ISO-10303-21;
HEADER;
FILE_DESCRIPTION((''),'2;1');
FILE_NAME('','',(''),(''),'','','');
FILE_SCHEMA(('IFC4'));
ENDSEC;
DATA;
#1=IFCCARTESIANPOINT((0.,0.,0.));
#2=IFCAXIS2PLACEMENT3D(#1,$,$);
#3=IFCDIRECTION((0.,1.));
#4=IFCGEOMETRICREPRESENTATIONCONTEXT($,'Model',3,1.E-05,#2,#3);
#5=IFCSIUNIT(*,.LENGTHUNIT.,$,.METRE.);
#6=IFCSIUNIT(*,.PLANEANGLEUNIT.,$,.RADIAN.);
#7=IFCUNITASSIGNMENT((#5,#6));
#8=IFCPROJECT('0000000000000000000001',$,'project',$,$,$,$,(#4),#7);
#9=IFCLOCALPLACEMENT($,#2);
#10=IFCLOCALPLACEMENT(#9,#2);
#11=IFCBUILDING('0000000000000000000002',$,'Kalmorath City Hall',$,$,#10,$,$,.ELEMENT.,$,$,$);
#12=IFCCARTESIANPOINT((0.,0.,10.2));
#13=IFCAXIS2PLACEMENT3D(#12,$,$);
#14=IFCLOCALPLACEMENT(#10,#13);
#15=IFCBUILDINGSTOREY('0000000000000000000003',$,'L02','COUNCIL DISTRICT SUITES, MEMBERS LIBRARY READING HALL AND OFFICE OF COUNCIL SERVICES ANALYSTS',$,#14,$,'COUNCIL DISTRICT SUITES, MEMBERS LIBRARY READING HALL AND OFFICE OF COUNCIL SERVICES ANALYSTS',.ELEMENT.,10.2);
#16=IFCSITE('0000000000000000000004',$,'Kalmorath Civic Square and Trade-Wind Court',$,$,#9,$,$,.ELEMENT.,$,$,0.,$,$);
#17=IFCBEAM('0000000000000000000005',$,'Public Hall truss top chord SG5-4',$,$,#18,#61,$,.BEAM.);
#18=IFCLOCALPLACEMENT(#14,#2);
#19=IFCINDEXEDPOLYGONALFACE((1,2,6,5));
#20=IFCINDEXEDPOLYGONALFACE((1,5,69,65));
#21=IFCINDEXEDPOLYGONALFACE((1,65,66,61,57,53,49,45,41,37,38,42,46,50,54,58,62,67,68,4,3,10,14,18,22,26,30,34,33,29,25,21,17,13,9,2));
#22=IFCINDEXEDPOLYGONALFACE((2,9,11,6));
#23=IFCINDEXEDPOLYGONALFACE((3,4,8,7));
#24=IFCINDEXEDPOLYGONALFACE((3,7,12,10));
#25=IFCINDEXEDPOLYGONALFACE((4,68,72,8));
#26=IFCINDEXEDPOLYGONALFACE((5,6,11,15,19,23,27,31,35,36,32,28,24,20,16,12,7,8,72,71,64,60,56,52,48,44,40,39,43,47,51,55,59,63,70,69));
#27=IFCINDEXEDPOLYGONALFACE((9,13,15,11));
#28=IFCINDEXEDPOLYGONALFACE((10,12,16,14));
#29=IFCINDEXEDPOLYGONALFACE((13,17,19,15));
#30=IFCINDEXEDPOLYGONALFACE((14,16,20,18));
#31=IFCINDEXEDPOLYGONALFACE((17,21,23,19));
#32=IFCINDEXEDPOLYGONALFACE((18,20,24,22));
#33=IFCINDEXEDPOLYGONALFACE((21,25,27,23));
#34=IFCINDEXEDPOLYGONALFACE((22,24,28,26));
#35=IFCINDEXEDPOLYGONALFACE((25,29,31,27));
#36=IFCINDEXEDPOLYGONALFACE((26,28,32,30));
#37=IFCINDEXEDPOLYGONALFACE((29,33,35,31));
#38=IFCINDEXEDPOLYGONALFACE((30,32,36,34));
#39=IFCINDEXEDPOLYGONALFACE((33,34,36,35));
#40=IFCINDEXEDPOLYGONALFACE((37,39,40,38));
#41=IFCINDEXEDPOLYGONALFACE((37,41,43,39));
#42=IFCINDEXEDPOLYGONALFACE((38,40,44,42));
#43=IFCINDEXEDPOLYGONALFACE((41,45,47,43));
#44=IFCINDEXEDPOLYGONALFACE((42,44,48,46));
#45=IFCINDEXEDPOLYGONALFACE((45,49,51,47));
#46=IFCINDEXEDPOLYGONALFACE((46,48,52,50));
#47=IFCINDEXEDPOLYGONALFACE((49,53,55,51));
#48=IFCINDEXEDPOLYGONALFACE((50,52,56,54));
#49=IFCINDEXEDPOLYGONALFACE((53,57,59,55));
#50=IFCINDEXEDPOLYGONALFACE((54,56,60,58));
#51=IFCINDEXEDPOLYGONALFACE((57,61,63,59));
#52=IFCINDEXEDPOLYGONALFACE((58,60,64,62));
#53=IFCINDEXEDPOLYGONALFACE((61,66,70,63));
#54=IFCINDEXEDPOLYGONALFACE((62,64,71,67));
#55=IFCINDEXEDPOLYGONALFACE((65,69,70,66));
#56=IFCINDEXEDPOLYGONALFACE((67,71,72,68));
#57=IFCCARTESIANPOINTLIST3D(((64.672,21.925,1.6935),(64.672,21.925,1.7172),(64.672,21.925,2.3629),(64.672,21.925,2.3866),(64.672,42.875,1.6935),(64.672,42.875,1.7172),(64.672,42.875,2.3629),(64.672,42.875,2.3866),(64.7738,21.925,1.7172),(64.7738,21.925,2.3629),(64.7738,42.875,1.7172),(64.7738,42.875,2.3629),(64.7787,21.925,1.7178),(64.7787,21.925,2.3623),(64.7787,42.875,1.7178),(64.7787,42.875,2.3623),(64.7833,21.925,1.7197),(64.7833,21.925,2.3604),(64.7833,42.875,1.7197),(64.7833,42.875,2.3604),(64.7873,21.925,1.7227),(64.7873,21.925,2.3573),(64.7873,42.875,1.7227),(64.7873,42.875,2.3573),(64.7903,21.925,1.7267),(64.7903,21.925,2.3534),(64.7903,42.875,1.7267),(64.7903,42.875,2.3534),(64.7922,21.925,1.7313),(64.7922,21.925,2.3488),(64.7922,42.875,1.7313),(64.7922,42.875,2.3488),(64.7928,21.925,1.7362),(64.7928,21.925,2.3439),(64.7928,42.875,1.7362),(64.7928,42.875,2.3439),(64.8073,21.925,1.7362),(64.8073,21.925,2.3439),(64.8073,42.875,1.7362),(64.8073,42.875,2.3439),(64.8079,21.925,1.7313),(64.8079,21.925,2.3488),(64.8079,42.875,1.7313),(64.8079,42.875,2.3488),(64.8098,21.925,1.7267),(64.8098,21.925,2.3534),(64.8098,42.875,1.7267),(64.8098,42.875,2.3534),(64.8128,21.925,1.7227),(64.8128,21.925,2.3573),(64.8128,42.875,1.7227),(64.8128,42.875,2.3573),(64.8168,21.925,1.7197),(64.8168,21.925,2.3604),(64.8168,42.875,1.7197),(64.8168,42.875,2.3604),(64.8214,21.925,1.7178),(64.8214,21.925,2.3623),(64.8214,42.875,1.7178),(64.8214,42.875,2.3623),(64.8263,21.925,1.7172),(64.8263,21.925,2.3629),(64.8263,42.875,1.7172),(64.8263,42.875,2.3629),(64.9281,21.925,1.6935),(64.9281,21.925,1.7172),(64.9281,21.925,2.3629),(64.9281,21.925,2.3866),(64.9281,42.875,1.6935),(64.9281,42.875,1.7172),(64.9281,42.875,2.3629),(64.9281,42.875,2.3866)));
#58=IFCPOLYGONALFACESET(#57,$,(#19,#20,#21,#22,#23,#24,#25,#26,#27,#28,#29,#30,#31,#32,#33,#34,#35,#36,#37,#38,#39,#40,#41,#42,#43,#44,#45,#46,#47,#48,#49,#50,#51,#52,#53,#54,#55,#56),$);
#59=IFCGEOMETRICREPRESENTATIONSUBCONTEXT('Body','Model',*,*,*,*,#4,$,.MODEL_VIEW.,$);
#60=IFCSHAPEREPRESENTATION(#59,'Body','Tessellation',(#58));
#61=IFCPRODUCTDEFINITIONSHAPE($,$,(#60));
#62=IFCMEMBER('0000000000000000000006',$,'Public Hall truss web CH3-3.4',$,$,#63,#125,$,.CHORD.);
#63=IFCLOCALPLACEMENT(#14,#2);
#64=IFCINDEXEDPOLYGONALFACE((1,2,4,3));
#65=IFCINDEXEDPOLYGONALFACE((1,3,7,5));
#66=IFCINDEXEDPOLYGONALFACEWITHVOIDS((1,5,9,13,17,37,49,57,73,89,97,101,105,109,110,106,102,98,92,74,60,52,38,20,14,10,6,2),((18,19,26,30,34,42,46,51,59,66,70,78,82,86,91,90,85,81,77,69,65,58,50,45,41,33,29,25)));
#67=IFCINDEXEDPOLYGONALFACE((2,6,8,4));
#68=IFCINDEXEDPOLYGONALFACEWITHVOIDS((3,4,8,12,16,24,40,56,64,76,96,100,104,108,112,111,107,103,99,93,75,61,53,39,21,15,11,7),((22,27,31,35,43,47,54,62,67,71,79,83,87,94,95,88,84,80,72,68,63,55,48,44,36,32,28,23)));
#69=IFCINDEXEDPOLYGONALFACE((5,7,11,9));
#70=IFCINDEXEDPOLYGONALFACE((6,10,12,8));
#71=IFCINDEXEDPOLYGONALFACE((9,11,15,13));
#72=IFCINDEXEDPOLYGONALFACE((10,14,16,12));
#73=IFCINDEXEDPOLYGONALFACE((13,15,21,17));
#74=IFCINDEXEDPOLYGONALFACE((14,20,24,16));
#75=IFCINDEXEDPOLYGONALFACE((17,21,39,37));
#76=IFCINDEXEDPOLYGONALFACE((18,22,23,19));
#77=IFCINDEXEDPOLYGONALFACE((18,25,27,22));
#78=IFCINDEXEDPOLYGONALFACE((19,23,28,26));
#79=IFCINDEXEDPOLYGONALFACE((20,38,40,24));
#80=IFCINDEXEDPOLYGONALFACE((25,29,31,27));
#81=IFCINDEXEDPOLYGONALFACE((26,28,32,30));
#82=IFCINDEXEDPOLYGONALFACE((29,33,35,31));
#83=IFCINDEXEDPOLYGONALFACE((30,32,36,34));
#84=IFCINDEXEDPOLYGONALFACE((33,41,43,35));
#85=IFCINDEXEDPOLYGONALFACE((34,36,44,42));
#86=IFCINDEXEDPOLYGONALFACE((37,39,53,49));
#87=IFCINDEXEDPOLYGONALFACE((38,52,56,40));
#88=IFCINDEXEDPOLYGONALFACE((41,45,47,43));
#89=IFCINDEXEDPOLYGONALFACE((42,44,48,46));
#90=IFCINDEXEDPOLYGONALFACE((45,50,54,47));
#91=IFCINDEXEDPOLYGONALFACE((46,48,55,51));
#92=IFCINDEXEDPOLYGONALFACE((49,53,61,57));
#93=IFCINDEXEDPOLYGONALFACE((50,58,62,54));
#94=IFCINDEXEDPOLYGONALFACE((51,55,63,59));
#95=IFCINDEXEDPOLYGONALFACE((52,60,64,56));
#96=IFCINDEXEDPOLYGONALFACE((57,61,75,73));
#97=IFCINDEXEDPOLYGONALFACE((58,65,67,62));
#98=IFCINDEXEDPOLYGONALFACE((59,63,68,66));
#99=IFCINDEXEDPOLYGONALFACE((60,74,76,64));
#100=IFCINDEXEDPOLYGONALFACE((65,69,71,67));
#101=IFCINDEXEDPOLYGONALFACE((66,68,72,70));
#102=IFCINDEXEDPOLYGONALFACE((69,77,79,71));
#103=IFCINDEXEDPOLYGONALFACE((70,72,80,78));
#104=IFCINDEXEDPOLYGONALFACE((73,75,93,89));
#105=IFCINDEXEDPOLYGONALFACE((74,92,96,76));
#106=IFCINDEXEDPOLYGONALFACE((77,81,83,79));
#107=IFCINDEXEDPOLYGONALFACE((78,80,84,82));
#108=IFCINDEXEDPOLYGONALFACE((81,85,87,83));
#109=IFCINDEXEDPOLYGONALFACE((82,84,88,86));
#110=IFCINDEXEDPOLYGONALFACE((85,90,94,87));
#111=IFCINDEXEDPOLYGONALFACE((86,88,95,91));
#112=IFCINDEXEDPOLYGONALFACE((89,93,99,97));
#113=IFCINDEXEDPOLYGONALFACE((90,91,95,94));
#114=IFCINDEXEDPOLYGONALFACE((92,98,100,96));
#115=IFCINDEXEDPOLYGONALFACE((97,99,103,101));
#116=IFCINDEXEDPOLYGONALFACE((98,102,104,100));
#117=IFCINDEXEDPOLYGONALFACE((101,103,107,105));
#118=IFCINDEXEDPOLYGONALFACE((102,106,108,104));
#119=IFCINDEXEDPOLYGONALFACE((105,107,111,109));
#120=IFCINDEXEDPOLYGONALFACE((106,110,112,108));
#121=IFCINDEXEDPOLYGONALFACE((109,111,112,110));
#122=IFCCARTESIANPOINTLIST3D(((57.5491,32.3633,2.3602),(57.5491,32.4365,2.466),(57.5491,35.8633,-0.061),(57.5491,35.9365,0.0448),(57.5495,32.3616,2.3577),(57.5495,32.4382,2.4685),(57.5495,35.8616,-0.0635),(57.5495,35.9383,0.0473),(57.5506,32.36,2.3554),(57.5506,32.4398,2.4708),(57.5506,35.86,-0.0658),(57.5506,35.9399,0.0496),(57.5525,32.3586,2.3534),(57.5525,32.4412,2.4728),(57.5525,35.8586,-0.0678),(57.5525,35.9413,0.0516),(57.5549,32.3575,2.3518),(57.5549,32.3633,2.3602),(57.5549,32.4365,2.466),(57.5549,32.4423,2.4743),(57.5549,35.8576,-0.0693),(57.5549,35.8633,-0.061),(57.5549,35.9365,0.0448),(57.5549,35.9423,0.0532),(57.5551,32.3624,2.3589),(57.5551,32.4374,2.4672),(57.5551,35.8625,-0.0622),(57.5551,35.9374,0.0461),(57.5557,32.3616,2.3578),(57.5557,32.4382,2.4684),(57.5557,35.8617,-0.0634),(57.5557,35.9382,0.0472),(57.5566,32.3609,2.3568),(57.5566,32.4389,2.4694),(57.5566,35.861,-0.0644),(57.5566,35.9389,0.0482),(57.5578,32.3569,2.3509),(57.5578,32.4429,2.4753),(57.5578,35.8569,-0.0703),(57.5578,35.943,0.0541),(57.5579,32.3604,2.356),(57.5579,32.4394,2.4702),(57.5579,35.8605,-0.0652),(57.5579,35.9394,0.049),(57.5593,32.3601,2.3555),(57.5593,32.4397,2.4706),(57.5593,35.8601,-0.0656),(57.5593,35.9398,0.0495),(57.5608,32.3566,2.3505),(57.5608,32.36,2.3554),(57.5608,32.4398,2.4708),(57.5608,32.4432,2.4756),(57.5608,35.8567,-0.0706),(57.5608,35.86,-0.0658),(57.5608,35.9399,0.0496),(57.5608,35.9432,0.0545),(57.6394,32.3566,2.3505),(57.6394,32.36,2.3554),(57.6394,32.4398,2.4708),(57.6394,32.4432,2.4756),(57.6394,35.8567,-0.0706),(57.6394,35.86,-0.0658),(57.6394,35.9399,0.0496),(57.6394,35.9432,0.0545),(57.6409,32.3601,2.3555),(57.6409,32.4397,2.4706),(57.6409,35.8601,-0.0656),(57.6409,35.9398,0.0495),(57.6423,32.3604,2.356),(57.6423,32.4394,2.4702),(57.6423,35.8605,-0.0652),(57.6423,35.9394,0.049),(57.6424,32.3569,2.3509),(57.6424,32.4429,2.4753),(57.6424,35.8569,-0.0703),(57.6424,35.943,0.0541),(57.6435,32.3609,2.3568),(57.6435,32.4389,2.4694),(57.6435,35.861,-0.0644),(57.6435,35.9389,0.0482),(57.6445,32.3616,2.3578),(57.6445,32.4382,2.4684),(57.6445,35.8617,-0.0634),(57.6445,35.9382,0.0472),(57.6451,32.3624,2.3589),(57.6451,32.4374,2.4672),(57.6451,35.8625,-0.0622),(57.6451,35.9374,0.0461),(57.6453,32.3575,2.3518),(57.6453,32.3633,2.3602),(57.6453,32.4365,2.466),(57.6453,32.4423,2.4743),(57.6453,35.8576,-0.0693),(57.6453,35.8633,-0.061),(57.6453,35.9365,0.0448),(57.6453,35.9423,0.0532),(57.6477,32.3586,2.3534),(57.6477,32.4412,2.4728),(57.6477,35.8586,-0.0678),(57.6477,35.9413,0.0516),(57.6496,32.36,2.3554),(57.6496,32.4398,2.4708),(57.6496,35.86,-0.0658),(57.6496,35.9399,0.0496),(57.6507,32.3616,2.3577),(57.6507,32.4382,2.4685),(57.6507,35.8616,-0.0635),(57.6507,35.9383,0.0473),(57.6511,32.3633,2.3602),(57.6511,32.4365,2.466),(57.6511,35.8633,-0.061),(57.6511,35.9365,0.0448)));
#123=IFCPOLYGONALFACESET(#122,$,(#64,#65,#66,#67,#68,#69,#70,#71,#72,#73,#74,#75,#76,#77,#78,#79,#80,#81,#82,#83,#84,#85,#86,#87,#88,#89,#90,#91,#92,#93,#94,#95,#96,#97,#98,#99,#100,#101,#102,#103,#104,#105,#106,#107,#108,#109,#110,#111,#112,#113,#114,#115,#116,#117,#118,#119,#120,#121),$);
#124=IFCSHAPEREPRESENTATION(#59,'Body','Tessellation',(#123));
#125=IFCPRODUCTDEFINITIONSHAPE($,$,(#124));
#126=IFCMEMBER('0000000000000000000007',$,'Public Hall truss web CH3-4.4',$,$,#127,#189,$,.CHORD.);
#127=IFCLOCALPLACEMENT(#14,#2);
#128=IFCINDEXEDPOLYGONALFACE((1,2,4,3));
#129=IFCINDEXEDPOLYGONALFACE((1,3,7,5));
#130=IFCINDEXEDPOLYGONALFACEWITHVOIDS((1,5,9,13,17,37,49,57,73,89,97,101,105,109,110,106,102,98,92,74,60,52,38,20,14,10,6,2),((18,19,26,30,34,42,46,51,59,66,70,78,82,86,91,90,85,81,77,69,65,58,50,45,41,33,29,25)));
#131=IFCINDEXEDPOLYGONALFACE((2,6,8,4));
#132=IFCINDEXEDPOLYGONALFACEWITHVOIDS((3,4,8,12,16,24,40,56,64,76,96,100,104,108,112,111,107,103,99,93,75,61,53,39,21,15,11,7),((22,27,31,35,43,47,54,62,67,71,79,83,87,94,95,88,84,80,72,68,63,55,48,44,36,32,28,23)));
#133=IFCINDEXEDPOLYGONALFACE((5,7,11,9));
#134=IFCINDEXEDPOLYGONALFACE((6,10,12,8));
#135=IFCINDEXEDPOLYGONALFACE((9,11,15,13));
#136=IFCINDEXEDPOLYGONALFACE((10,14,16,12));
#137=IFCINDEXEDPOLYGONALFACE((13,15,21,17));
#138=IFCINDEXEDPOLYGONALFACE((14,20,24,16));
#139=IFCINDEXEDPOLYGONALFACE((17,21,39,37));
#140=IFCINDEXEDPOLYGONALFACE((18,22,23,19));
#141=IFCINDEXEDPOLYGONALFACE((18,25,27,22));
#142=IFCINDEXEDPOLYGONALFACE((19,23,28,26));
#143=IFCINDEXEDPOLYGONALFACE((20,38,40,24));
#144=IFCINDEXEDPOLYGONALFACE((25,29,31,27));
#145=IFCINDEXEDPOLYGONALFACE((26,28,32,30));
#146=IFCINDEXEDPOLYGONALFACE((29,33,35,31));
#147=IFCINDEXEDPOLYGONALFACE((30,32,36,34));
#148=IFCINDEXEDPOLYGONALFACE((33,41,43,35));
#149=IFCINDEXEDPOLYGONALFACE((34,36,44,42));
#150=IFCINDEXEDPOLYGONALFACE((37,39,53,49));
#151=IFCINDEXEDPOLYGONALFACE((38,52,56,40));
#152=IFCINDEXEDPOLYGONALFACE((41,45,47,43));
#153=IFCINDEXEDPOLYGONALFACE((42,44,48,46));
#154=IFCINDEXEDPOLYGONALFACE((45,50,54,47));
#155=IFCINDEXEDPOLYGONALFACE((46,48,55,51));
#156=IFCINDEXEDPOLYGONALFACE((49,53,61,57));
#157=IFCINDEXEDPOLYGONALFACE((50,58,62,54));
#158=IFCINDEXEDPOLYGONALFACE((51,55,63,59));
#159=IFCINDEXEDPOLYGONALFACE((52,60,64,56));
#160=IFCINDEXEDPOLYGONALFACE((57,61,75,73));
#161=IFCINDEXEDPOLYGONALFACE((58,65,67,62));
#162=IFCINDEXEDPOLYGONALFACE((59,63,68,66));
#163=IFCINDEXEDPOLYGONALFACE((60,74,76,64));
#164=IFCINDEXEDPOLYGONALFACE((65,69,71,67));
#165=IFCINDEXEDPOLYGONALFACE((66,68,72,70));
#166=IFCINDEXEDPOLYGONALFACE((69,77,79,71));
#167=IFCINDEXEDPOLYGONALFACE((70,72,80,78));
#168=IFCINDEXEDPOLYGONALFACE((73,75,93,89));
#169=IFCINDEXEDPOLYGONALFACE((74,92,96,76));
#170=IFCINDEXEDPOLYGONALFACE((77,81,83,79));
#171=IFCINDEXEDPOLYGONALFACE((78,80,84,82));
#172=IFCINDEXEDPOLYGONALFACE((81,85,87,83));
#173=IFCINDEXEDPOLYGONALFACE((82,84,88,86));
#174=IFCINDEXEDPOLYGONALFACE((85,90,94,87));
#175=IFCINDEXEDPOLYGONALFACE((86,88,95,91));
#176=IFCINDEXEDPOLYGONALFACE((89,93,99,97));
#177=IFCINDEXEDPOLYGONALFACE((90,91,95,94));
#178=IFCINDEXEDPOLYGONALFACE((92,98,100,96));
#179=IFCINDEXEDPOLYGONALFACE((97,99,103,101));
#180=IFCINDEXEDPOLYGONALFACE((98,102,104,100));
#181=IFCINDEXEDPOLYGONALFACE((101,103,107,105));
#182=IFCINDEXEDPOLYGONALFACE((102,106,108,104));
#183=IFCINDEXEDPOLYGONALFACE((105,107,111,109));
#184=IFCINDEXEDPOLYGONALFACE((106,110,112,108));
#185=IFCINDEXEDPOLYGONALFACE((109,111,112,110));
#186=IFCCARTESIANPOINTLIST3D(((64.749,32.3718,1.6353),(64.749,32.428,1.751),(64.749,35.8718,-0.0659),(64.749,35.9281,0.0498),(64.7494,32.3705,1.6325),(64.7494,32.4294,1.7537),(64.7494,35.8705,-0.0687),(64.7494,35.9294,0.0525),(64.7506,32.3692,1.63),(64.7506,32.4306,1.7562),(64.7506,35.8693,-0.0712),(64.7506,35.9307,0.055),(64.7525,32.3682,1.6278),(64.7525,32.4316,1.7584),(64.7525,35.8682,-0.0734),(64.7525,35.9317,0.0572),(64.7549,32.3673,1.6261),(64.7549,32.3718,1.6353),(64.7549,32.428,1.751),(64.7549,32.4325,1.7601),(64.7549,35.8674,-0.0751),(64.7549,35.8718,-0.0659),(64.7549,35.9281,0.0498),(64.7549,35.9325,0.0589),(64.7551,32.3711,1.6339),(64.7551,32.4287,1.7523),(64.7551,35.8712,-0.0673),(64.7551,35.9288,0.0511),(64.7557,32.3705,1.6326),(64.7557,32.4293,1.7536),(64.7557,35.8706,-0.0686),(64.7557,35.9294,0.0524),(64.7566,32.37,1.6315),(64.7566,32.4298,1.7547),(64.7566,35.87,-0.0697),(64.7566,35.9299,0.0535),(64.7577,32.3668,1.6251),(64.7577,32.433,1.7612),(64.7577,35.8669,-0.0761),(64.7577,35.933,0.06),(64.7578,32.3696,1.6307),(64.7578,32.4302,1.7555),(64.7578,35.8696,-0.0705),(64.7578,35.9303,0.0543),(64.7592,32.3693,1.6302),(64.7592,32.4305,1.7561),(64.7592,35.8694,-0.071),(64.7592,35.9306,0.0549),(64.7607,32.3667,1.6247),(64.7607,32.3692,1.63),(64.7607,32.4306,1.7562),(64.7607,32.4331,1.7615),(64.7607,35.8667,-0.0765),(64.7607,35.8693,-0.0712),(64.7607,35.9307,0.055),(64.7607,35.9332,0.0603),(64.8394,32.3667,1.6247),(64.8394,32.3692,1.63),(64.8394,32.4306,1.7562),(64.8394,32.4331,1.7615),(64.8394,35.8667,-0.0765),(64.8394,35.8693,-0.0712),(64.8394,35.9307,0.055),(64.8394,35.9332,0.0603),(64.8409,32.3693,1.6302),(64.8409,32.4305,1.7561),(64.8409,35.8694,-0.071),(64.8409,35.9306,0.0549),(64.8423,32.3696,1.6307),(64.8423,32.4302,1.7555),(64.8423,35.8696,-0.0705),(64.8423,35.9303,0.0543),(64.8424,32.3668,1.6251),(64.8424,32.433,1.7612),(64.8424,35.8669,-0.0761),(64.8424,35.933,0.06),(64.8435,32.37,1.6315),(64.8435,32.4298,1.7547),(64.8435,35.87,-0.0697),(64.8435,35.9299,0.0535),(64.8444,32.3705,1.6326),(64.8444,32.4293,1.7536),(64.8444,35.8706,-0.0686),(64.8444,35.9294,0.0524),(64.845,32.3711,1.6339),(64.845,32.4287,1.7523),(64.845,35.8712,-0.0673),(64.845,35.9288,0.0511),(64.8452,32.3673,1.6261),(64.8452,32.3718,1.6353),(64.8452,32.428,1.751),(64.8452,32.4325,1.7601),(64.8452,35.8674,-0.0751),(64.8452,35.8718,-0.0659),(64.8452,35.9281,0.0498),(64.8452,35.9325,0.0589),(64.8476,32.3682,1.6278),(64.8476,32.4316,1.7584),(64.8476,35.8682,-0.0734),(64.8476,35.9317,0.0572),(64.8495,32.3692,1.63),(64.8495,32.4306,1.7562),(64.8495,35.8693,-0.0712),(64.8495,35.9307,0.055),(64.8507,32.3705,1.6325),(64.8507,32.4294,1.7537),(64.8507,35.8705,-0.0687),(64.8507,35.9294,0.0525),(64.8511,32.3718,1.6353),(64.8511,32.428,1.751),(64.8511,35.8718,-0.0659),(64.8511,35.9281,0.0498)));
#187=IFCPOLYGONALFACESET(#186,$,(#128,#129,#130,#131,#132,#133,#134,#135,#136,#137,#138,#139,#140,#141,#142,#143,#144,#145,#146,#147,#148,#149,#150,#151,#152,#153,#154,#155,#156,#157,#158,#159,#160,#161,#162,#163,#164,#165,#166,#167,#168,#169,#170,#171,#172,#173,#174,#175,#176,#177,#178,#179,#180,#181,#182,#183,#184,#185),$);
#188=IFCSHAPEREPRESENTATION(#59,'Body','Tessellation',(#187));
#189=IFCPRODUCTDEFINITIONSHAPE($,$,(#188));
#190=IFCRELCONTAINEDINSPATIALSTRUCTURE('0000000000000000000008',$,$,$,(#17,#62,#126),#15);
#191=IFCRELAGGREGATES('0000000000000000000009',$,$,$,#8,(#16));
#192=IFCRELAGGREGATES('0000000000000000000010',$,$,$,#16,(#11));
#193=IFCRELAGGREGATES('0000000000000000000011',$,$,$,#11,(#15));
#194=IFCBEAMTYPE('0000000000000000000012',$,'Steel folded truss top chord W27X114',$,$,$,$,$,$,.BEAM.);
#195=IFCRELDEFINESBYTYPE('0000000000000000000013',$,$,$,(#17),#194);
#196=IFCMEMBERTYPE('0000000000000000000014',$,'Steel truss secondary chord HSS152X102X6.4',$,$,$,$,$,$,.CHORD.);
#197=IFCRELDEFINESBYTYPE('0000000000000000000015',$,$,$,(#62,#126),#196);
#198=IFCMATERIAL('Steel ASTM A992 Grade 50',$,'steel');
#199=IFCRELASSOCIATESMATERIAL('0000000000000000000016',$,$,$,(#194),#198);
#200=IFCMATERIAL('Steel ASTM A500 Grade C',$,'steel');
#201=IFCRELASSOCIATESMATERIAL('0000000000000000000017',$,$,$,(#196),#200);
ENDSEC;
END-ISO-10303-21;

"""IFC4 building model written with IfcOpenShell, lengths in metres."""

from ifc_helpers import new_model, si_unit, direction, frame, origin, origin_2d, place, context, subcontext, project, spatial, hollow_rectangle, i_section, extrude, material, material_profile, profile_set, type_object, element, save


model = new_model("IFC4")

# Units and contexts
model_context = context("Model", 3, precision=1e-05, world=origin(), true_north=direction((0.0, 1.0)))
body_context = subcontext(model_context, "Body", "Model", "MODEL_VIEW")
ifc_project = project(units=[si_unit("LENGTHUNIT", "METRE"), si_unit("PLANEANGLEUNIT", "RADIAN")], contexts=[model_context])

# Site, building, storey
site_placement = place(None, origin())
site = spatial("IfcSite", under=ifc_project, at=site_placement, Name="Kalmorath Civic Square and Trade-Wind Court", CompositionType="ELEMENT", RefElevation=0.0)
building_placement = place(site_placement, origin())
building = spatial("IfcBuilding", under=site, at=building_placement, Name="Kalmorath City Hall", CompositionType="ELEMENT")
storey_placement = place(building_placement, frame((0.0, 0.0, 10.2)))
storey = spatial("IfcBuildingStorey", under=building, at=storey_placement, Name="L02", Description="COUNCIL DISTRICT SUITES, MEMBERS LIBRARY READING HALL AND OFFICE OF COUNCIL SERVICES ANALYSTS", LongName="COUNCIL DISTRICT SUITES, MEMBERS LIBRARY READING HALL AND OFFICE OF COUNCIL SERVICES ANALYSTS", CompositionType="ELEMENT", Elevation=10.2)

# Beam
ifc_material_1 = material(Name="Steel ASTM A992 Grade 50", Category="steel")
ifc_material_profile_1 = material_profile(ifc_material_1, i_section(OverallWidth=0.2561, OverallDepth=0.6931, WebThickness=0.0144, FlangeThickness=0.0237, FilletRadius=0.019, at=origin_2d()), Name="W27X114")
ifc_profile_set_1 = profile_set([ifc_material_profile_1], Name="Steel ASTM A992 Grade 50")
beam_type_1 = type_object("IfcBeamType", Name="Steel folded truss top chord W27X114", PredefinedType="BEAM", material=ifc_profile_set_1)
for number, where, z_axis, x_axis, name in (
    (1, (64.8, 21.925, 2.04), (0.0, 1.0, 0.0), (-1.0, 0.0, 0.0), "Public Hall truss top chord SG5-4"),
):
    element("IfcBeam", number, at=place(storey_placement, frame(where, z_axis=z_axis, x_axis=x_axis)), inside=storey, type_object=beam_type_1, Name=name, PredefinedType="BEAM", context=body_context, shape_type="SweptSolid", body=[
        extrude(i_section(OverallWidth=0.2561, OverallDepth=0.6931, WebThickness=0.0144, FlangeThickness=0.0237, FilletRadius=0.019, at=origin_2d()), origin(), (0.0, 0.0, 1.0), 20.95),
    ])

# Members
ifc_material_2 = material(Name="Steel ASTM A500 Grade C", Category="steel")
ifc_material_profile_2 = material_profile(ifc_material_2, hollow_rectangle(XDim=0.1021, YDim=0.1521, WallThickness=0.0059, InnerFilletRadius=0.0059, OuterFilletRadius=0.0117, at=origin_2d()), Name="HSS152X102X6.4")
ifc_profile_set_2 = profile_set([ifc_material_profile_2], Name="Steel ASTM A500 Grade C")
member_type_1 = type_object("IfcMemberType", Name="Steel truss secondary chord HSS152X102X6.4", PredefinedType="CHORD", material=ifc_profile_set_2)
member_1_placement = place(storey_placement, frame((57.6001, 32.3999, 2.4131), z_axis=(0.0, 0.822405, -0.568903), x_axis=(-1.0, 0.0, 0.0)))
element("IfcMember", 2, at=member_1_placement, inside=storey, type_object=member_type_1, Name="Public Hall truss web CH3-3.4", PredefinedType="CHORD", context=body_context, shape_type="SweptSolid", body=[
    extrude(hollow_rectangle(XDim=0.1021, YDim=0.1521, WallThickness=0.0059, InnerFilletRadius=0.0059, OuterFilletRadius=0.0117, at=origin_2d()), origin(), (0.0, 0.0, 1.0), 4.2559),
])
member_2_placement = place(storey_placement, frame((64.8, 32.3999, 1.6931), z_axis=(0.0, 0.89939, -0.437148), x_axis=(-1.0, 0.0, 0.0)))
element("IfcMember", 3, at=member_2_placement, inside=storey, type_object=member_type_1, Name="Public Hall truss web CH3-4.4", PredefinedType="CHORD", context=body_context, shape_type="SweptSolid", body=[
    extrude(hollow_rectangle(XDim=0.1021, YDim=0.1521, WallThickness=0.0059, InnerFilletRadius=0.0059, OuterFilletRadius=0.0117, at=origin_2d()), origin(), (0.0, 0.0, 1.0), 3.8916),
])

save(model, "model.ifc")
